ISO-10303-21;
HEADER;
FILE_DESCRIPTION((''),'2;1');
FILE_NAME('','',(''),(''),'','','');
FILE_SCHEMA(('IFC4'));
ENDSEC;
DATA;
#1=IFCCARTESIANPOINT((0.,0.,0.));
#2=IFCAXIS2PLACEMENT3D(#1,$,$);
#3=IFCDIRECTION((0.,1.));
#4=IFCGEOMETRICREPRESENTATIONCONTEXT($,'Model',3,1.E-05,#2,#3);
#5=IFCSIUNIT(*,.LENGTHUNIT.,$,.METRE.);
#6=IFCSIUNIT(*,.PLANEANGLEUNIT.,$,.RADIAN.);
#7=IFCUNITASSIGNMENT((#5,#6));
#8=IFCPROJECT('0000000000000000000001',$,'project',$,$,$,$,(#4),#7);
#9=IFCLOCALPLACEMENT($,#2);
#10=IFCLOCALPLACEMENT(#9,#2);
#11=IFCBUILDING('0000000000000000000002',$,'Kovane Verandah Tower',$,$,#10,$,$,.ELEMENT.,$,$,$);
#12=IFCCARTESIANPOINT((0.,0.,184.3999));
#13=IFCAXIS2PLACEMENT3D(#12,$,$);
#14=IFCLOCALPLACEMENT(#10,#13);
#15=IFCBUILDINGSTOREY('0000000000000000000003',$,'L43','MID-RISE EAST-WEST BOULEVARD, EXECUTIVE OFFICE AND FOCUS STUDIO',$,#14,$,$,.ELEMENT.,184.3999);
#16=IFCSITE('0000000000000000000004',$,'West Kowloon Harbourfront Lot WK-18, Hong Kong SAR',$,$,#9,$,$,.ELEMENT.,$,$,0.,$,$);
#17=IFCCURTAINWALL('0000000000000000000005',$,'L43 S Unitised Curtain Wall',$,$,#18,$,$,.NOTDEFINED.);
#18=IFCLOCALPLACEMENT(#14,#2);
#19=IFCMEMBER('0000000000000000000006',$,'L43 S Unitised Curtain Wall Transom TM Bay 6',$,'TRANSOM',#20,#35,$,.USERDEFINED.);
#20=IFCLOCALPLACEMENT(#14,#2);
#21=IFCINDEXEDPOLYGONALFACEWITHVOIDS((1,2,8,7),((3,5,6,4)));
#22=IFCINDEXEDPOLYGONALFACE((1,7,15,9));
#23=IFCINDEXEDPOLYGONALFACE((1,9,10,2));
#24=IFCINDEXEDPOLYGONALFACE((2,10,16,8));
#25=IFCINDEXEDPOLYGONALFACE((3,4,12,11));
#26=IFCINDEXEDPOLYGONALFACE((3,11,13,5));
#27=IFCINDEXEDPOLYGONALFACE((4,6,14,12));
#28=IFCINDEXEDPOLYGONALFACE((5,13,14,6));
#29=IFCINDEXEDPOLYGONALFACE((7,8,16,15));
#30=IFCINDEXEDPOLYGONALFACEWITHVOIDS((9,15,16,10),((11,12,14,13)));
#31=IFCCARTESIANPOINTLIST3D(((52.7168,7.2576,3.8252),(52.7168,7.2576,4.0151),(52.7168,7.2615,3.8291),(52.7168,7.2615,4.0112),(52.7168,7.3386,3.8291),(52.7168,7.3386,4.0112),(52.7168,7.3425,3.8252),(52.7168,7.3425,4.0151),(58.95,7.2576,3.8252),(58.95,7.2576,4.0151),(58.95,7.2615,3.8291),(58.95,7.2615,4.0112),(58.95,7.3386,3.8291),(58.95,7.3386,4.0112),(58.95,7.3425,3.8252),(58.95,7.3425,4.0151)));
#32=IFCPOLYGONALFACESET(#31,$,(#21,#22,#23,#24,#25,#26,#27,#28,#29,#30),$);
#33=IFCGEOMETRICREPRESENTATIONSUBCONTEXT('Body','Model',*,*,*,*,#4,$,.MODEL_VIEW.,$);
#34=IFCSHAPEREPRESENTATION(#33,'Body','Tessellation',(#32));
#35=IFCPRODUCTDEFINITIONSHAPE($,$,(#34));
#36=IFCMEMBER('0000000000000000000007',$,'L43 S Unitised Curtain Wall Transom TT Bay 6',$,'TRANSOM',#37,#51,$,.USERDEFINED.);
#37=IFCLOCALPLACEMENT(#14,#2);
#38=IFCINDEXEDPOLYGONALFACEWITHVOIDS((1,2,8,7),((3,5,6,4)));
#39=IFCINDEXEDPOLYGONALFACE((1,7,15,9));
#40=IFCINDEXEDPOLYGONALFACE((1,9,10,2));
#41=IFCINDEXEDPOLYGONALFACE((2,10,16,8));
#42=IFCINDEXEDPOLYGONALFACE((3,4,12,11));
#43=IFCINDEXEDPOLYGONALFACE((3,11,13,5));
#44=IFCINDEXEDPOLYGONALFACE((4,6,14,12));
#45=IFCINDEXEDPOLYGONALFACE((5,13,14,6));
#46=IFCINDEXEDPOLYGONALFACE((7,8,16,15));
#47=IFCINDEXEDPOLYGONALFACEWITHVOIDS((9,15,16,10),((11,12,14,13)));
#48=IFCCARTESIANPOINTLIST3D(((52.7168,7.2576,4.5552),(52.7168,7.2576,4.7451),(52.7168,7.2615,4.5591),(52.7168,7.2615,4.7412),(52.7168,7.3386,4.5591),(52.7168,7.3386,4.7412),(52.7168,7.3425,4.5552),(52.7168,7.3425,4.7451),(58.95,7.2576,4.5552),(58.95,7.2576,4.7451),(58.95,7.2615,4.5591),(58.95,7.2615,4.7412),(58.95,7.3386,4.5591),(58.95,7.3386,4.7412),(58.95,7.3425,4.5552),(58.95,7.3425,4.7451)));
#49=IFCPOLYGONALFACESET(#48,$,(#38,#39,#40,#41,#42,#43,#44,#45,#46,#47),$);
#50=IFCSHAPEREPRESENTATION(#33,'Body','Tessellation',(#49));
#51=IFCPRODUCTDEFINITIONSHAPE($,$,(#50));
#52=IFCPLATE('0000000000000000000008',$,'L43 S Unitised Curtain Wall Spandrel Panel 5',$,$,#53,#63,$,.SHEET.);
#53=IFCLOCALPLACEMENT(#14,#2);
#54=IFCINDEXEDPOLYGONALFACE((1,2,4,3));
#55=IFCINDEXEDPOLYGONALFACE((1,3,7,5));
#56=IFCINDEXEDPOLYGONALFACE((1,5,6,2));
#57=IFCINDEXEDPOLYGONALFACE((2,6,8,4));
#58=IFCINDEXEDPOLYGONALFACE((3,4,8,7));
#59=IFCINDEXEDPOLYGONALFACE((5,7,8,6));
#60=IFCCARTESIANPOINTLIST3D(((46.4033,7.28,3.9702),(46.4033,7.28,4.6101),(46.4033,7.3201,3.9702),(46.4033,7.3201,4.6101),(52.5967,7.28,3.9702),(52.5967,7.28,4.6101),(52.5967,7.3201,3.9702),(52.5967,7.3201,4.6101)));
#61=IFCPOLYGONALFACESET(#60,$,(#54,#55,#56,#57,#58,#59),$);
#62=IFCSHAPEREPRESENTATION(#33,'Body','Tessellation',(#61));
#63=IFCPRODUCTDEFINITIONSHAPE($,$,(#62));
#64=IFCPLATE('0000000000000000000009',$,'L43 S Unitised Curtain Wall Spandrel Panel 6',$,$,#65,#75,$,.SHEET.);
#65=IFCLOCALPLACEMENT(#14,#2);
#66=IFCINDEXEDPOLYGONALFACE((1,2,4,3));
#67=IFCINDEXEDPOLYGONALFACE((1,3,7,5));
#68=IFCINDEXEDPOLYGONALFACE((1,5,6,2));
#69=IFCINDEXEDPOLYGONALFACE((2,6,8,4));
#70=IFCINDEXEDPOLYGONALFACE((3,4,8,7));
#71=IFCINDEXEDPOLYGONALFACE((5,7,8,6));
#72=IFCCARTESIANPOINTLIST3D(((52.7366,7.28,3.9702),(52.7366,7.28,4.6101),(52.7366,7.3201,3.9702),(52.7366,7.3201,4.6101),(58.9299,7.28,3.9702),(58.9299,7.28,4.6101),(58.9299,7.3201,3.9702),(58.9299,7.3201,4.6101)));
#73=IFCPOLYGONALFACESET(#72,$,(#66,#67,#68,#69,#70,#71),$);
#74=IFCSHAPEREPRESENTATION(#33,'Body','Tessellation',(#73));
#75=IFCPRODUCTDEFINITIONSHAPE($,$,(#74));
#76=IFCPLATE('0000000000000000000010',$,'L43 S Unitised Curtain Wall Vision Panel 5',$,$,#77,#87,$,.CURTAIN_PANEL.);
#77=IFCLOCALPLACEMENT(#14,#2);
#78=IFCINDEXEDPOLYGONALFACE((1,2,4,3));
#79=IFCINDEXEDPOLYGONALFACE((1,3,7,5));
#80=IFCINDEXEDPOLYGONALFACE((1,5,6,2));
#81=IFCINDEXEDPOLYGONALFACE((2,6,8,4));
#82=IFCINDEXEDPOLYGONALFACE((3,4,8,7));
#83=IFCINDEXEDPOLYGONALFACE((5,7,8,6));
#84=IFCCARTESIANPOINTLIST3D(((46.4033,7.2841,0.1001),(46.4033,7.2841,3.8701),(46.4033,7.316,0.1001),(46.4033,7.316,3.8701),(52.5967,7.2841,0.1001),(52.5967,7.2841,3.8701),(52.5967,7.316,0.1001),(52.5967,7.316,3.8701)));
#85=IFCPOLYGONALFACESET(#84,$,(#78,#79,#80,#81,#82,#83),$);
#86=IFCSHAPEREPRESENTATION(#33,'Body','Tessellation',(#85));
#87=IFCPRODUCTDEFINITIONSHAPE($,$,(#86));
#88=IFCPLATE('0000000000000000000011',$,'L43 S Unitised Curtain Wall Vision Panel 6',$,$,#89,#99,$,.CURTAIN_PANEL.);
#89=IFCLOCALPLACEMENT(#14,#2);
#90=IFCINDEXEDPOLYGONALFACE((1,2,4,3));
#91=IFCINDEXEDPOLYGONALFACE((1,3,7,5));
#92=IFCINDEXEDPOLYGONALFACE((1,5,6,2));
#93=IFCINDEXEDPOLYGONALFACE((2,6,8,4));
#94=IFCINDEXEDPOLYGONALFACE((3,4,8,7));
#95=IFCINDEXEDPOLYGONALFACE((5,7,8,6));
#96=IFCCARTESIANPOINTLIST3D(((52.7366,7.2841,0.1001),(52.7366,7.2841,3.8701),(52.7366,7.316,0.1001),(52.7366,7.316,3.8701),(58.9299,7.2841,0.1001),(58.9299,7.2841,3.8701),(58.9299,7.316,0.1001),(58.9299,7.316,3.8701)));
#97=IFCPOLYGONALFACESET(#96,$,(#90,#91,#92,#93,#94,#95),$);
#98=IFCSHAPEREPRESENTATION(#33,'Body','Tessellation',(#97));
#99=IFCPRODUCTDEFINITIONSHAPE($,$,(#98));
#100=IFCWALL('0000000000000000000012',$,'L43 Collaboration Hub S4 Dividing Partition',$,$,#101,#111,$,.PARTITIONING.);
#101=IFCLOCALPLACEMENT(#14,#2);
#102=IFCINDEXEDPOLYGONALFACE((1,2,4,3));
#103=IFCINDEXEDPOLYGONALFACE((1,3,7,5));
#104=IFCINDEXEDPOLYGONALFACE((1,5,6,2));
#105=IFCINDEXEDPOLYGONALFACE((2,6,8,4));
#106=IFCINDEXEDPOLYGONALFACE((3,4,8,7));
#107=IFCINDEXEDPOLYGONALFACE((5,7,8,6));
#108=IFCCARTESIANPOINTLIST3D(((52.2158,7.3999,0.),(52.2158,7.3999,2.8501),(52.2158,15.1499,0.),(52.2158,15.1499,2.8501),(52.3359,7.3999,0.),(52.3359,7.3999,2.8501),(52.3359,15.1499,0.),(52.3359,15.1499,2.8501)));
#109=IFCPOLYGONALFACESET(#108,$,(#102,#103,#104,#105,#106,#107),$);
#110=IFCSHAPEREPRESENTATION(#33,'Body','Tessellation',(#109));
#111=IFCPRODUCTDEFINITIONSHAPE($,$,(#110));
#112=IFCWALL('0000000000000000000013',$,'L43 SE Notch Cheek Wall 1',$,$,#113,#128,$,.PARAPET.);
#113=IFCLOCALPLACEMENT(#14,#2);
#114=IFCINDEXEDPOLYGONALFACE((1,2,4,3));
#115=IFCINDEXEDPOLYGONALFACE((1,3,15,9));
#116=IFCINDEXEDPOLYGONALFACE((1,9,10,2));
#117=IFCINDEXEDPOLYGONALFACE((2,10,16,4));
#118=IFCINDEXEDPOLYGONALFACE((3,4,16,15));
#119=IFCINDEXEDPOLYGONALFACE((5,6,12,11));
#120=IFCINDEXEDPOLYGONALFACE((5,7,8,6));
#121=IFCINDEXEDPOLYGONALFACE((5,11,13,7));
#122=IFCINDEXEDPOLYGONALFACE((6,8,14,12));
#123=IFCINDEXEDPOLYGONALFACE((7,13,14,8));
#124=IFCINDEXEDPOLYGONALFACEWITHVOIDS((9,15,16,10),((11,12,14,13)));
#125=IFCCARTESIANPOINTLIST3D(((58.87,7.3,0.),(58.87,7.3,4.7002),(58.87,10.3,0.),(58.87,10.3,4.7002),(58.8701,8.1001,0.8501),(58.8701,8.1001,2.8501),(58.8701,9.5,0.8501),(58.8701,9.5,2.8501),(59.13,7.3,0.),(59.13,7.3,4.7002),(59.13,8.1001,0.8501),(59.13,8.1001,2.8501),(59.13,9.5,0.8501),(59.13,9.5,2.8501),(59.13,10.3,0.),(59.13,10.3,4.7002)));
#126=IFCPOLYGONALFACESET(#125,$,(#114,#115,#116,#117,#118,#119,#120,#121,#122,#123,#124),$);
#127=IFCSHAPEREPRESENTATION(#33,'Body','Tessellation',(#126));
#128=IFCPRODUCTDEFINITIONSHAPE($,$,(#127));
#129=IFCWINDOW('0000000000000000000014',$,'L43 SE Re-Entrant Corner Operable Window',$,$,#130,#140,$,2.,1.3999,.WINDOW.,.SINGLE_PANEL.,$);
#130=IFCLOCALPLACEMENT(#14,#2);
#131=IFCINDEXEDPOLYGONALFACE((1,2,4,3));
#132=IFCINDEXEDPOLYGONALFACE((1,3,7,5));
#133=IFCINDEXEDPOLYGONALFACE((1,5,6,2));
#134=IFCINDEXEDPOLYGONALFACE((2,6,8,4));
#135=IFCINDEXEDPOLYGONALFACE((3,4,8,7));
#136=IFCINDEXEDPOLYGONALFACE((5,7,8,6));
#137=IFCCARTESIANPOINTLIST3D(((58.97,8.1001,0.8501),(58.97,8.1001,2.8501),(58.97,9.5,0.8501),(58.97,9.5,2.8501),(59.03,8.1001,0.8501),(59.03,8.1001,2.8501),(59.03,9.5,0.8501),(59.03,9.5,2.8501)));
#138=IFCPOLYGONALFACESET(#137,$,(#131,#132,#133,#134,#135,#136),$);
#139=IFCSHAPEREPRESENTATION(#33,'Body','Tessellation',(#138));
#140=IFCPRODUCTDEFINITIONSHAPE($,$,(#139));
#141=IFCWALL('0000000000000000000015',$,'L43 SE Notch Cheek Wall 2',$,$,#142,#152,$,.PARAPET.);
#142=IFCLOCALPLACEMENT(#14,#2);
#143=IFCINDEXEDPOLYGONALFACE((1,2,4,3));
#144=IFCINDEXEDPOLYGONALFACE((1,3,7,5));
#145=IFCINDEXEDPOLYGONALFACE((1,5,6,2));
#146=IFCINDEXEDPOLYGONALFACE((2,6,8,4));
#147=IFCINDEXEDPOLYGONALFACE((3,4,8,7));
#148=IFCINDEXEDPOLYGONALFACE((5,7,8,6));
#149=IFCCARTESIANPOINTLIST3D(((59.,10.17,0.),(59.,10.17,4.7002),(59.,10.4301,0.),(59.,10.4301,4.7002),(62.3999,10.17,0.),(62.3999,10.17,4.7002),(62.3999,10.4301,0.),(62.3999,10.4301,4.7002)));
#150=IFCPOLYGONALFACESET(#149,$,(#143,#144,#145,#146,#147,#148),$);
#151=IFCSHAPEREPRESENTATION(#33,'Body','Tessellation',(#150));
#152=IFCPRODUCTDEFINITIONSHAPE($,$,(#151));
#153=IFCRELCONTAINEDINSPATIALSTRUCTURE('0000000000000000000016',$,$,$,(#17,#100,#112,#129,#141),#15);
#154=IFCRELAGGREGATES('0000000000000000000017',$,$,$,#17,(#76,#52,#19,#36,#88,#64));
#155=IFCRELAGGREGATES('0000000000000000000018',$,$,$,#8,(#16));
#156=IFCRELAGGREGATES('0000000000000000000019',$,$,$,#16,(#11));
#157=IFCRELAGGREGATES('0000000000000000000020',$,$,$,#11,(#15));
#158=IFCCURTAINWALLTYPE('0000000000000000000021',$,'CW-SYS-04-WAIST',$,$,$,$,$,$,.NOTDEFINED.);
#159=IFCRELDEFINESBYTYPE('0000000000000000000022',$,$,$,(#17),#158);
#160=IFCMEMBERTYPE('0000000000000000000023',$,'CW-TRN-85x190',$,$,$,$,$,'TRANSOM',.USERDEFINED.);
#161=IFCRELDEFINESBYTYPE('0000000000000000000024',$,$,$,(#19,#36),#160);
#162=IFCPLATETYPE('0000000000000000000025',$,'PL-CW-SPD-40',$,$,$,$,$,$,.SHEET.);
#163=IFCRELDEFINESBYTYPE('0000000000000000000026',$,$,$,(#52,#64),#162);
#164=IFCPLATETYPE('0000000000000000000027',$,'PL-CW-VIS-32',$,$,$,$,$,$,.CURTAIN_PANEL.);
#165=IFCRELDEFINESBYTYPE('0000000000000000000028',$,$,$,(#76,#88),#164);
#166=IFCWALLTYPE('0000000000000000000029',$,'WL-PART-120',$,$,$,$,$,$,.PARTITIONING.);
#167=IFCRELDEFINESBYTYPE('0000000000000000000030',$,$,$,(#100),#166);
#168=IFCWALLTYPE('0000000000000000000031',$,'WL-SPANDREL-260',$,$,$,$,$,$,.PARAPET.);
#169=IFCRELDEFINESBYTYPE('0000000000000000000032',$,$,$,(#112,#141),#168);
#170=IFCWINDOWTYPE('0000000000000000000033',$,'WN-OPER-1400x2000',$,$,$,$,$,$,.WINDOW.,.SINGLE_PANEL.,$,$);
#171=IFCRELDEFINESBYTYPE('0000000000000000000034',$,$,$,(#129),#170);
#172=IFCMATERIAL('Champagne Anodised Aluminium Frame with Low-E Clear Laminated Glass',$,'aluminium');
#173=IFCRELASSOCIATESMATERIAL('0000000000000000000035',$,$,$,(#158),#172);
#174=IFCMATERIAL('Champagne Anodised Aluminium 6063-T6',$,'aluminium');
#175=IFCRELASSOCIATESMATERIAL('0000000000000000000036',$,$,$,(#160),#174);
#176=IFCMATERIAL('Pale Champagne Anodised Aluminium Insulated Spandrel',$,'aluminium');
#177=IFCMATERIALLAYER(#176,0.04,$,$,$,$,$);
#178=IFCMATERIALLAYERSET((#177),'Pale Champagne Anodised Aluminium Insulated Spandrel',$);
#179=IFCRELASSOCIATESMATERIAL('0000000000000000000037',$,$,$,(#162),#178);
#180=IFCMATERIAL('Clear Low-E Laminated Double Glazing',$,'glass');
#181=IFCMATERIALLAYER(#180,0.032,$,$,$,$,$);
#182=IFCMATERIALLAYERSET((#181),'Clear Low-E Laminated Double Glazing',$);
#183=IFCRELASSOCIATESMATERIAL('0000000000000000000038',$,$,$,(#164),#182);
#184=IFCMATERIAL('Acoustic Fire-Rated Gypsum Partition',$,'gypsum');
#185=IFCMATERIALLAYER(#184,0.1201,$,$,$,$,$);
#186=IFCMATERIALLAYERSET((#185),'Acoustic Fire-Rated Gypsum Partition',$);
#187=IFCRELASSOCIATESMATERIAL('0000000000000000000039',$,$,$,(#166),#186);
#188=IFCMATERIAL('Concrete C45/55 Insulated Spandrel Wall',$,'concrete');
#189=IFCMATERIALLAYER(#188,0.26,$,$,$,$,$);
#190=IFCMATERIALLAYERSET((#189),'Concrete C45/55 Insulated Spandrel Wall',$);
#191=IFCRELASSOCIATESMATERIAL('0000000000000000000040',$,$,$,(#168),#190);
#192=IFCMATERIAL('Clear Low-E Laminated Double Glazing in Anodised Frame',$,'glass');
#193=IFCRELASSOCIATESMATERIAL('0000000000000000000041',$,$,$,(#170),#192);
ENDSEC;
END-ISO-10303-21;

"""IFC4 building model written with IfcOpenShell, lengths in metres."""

from ifc_helpers import new_model, si_unit, direction, frame, frame_2d, origin, origin_2d, place, context, subcontext, project, spatial, rectangle, hollow_rectangle, extrude, material, layer, layer_set, material_profile, profile_set, type_object, element, fill, aggregate, save


model = new_model("IFC4")

# Units and contexts
model_context = context("Model", 3, precision=1e-05, world=origin(), true_north=direction((0.0, 1.0)))
body_context = subcontext(model_context, "Body", "Model", "MODEL_VIEW")
ifc_project = project(units=[si_unit("LENGTHUNIT", "METRE"), si_unit("PLANEANGLEUNIT", "RADIAN")], contexts=[model_context])

# Site, building, storey
site_placement = place(None, origin())
site = spatial("IfcSite", under=ifc_project, at=site_placement, Name="West Kowloon Harbourfront Lot WK-18, Hong Kong SAR", CompositionType="ELEMENT", RefElevation=0.0)
building_placement = place(site_placement, origin())
building = spatial("IfcBuilding", under=site, at=building_placement, Name="Kovane Verandah Tower", CompositionType="ELEMENT")
storey_placement = place(building_placement, frame((0.0, 0.0, 184.3999)))
storey = spatial("IfcBuildingStorey", under=building, at=storey_placement, Name="L43", Description="MID-RISE EAST-WEST BOULEVARD, EXECUTIVE OFFICE AND FOCUS STUDIO", CompositionType="ELEMENT", Elevation=184.3999)

# Curtain wall, members, plates
ifc_material_1 = material(Name="Champagne Anodised Aluminium Frame with Low-E Clear Laminated Glass", Category="aluminium")
curtain_wall_type = type_object("IfcCurtainWallType", Name="CW-SYS-04-WAIST", PredefinedType="NOTDEFINED", material=ifc_material_1)
curtain_wall_placement = place(storey_placement, origin())
curtain_wall = element("IfcCurtainWall", 1, at=curtain_wall_placement, inside=storey, type_object=curtain_wall_type, Name="L43 S Unitised Curtain Wall", PredefinedType="NOTDEFINED")
ifc_material_2 = material(Name="Champagne Anodised Aluminium 6063-T6", Category="aluminium")
ifc_material_profile_1 = material_profile(ifc_material_2, hollow_rectangle(XDim=0.085, YDim=0.1899, WallThickness=0.0039, at=origin_2d()), Name="AL85x190x4")
ifc_profile_set_1 = profile_set([ifc_material_profile_1], Name="Champagne Anodised Aluminium 6063-T6")
member_type_1 = type_object("IfcMemberType", Name="CW-TRN-85x190", ElementType="TRANSOM", PredefinedType="USERDEFINED", material=ifc_profile_set_1)
member_1_placement = place(storey_placement, frame((52.7168, 7.3, 3.9202), z_axis=(1.0, 0.0, 0.0), x_axis=(0.0, 1.0, 0.0)))
member_1 = element("IfcMember", 2, at=member_1_placement, type_object=member_type_1, Name="L43 S Unitised Curtain Wall Transom TM Bay 6", ObjectType="TRANSOM", PredefinedType="USERDEFINED", context=body_context, shape_type="SweptSolid", body=[
    extrude(hollow_rectangle(XDim=0.085, YDim=0.1899, WallThickness=0.0039, at=origin_2d()), origin(), (0.0, 0.0, 1.0), 6.2332),
])
member_2_placement = place(storey_placement, frame((52.7168, 7.3, 4.6501), z_axis=(1.0, 0.0, 0.0), x_axis=(0.0, 1.0, 0.0)))
member_2 = element("IfcMember", 3, at=member_2_placement, type_object=member_type_1, Name="L43 S Unitised Curtain Wall Transom TT Bay 6", ObjectType="TRANSOM", PredefinedType="USERDEFINED", context=body_context, shape_type="SweptSolid", body=[
    extrude(hollow_rectangle(XDim=0.085, YDim=0.1899, WallThickness=0.0039, at=origin_2d()), origin(), (0.0, 0.0, 1.0), 6.2332),
])
ifc_material_3 = material(Name="Pale Champagne Anodised Aluminium Insulated Spandrel", Category="aluminium")
ifc_layer_1 = layer(ifc_material_3, 0.04)
ifc_layer_set_1 = layer_set([ifc_layer_1], Name="Pale Champagne Anodised Aluminium Insulated Spandrel")
plate_type_1 = type_object("IfcPlateType", Name="PL-CW-SPD-40", PredefinedType="SHEET", material=ifc_layer_set_1)
plate_1_placement = place(storey_placement, frame((49.5, 7.3, 3.9702), z_axis=(0.0, 0.0, 1.0), x_axis=(1.0, 0.0, 0.0)))
plate_1 = element("IfcPlate", 4, at=plate_1_placement, type_object=plate_type_1, Name="L43 S Unitised Curtain Wall Spandrel Panel 5", PredefinedType="SHEET", context=body_context, shape_type="SweptSolid", body=[
    extrude(rectangle(XDim=6.1934, YDim=0.04, at=origin_2d()), origin(), (0.0, 0.0, 1.0), 0.6399),
])
plate_2_placement = place(storey_placement, frame((55.8333, 7.3, 3.9702), z_axis=(0.0, 0.0, 1.0), x_axis=(1.0, 0.0, 0.0)))
plate_2 = element("IfcPlate", 5, at=plate_2_placement, type_object=plate_type_1, Name="L43 S Unitised Curtain Wall Spandrel Panel 6", PredefinedType="SHEET", context=body_context, shape_type="SweptSolid", body=[
    extrude(rectangle(XDim=6.1934, YDim=0.04, at=origin_2d()), origin(), (0.0, 0.0, 1.0), 0.6399),
])
ifc_material_4 = material(Name="Clear Low-E Laminated Double Glazing", Category="glass")
ifc_layer_2 = layer(ifc_material_4, 0.032)
ifc_layer_set_2 = layer_set([ifc_layer_2], Name="Clear Low-E Laminated Double Glazing")
plate_type_2 = type_object("IfcPlateType", Name="PL-CW-VIS-32", PredefinedType="CURTAIN_PANEL", material=ifc_layer_set_2)
plate_3_placement = place(storey_placement, frame((49.5, 7.3, 0.1001), z_axis=(0.0, 0.0, 1.0), x_axis=(1.0, 0.0, 0.0)))
plate_3 = element("IfcPlate", 6, at=plate_3_placement, type_object=plate_type_2, Name="L43 S Unitised Curtain Wall Vision Panel 5", PredefinedType="CURTAIN_PANEL", context=body_context, shape_type="SweptSolid", body=[
    extrude(rectangle(XDim=6.1934, YDim=0.032, at=origin_2d()), origin(), (0.0, 0.0, 1.0), 3.77),
])
plate_4_placement = place(storey_placement, frame((55.8333, 7.3, 0.1001), z_axis=(0.0, 0.0, 1.0), x_axis=(1.0, 0.0, 0.0)))
plate_4 = element("IfcPlate", 7, at=plate_4_placement, type_object=plate_type_2, Name="L43 S Unitised Curtain Wall Vision Panel 6", PredefinedType="CURTAIN_PANEL", context=body_context, shape_type="SweptSolid", body=[
    extrude(rectangle(XDim=6.1934, YDim=0.032, at=origin_2d()), origin(), (0.0, 0.0, 1.0), 3.77),
])
aggregate(curtain_wall, [plate_3, plate_1, member_1, member_2, plate_4, plate_2])

# Wall
ifc_material_5 = material(Name="Acoustic Fire-Rated Gypsum Partition", Category="gypsum")
ifc_layer_3 = layer(ifc_material_5, 0.1201)
ifc_layer_set_3 = layer_set([ifc_layer_3], Name="Acoustic Fire-Rated Gypsum Partition")
wall_type_1 = type_object("IfcWallType", Name="WL-PART-120", PredefinedType="PARTITIONING", material=ifc_layer_set_3)
wall_1_placement = place(storey_placement, frame((52.2759, 7.3999, 0.0), z_axis=(0.0, 0.0, 1.0), x_axis=(0.0, 1.0, 0.0)))
element("IfcWall", 8, at=wall_1_placement, inside=storey, type_object=wall_type_1, Name="L43 Collaboration Hub S4 Dividing Partition", PredefinedType="PARTITIONING", context=body_context, shape_type="SweptSolid", body=[
    extrude(rectangle(XDim=7.75, YDim=0.1201, at=frame_2d((3.875, 0.0))), origin(), (0.0, 0.0, 1.0), 2.8501),
])

# Shared definitions
ifc_material_6 = material(Name="Concrete C45/55 Insulated Spandrel Wall", Category="concrete")
ifc_layer_4 = layer(ifc_material_6, 0.26)
ifc_layer_set_4 = layer_set([ifc_layer_4], Name="Concrete C45/55 Insulated Spandrel Wall")
wall_type_2 = type_object("IfcWallType", Name="WL-SPANDREL-260", PredefinedType="PARAPET", material=ifc_layer_set_4)
ifc_material_7 = material(Name="Clear Low-E Laminated Double Glazing in Anodised Frame", Category="glass")

# Wall, opening, window
wall_2_placement = place(storey_placement, frame((59.0, 7.3, 0.0), z_axis=(0.0, 0.0, 1.0), x_axis=(0.0, 1.0, 0.0)))
wall_2 = element("IfcWall", 9, at=wall_2_placement, inside=storey, type_object=wall_type_2, Name="L43 SE Notch Cheek Wall 1", PredefinedType="PARAPET", context=body_context, shape_type="SweptSolid", body=[
    extrude(rectangle(XDim=3.0, YDim=0.26, at=frame_2d((1.5, 0.0))), origin(), (0.0, 0.0, 1.0), 4.7002),
])
opening_1_placement = place(wall_2_placement, frame((0.8, 0.0, 0.8501)))
opening_1 = element("IfcOpeningElement", 10, at=opening_1_placement, cuts=wall_2, PredefinedType="OPENING", context=body_context, shape_type="SweptSolid", body=[
    extrude(rectangle(XDim=1.3999, YDim=2.0, at=frame_2d((0.7, 1.0))), frame((0.0, 0.1299, 0.0), z_axis=(0.0, -1.0, 0.0), x_axis=(1.0, 0.0, 0.0)), (0.0, 0.0, 1.0), 0.26),
])
window_type_1 = type_object("IfcWindowType", Name="WN-OPER-1400x2000", PartitioningType="SINGLE_PANEL", PredefinedType="WINDOW", material=ifc_material_7)
window_1_placement = place(opening_1_placement, origin())
window_1 = element("IfcWindow", 11, at=window_1_placement, inside=storey, type_object=window_type_1, Name="L43 SE Re-Entrant Corner Operable Window", OverallHeight=2.0, OverallWidth=1.3999, PartitioningType="SINGLE_PANEL", PredefinedType="WINDOW", context=body_context, shape_type="SweptSolid", body=[
    extrude(rectangle(XDim=1.3999, YDim=2.0, at=frame_2d((0.7, 1.0))), frame((0.0, 0.03, 0.0), z_axis=(0.0, -1.0, 0.0), x_axis=(1.0, 0.0, 0.0)), (0.0, 0.0, 1.0), 0.0601),
])
fill(opening_1, window_1)

# Wall
wall_3_placement = place(storey_placement, frame((59.0, 10.3, 0.0), z_axis=(0.0, 0.0, 1.0), x_axis=(1.0, 0.0, 0.0)))
element("IfcWall", 12, at=wall_3_placement, inside=storey, type_object=wall_type_2, Name="L43 SE Notch Cheek Wall 2", PredefinedType="PARAPET", context=body_context, shape_type="SweptSolid", body=[
    extrude(rectangle(XDim=3.3999, YDim=0.26, at=frame_2d((1.7, 0.0))), origin(), (0.0, 0.0, 1.0), 4.7002),
])

save(model, "model.ifc")
